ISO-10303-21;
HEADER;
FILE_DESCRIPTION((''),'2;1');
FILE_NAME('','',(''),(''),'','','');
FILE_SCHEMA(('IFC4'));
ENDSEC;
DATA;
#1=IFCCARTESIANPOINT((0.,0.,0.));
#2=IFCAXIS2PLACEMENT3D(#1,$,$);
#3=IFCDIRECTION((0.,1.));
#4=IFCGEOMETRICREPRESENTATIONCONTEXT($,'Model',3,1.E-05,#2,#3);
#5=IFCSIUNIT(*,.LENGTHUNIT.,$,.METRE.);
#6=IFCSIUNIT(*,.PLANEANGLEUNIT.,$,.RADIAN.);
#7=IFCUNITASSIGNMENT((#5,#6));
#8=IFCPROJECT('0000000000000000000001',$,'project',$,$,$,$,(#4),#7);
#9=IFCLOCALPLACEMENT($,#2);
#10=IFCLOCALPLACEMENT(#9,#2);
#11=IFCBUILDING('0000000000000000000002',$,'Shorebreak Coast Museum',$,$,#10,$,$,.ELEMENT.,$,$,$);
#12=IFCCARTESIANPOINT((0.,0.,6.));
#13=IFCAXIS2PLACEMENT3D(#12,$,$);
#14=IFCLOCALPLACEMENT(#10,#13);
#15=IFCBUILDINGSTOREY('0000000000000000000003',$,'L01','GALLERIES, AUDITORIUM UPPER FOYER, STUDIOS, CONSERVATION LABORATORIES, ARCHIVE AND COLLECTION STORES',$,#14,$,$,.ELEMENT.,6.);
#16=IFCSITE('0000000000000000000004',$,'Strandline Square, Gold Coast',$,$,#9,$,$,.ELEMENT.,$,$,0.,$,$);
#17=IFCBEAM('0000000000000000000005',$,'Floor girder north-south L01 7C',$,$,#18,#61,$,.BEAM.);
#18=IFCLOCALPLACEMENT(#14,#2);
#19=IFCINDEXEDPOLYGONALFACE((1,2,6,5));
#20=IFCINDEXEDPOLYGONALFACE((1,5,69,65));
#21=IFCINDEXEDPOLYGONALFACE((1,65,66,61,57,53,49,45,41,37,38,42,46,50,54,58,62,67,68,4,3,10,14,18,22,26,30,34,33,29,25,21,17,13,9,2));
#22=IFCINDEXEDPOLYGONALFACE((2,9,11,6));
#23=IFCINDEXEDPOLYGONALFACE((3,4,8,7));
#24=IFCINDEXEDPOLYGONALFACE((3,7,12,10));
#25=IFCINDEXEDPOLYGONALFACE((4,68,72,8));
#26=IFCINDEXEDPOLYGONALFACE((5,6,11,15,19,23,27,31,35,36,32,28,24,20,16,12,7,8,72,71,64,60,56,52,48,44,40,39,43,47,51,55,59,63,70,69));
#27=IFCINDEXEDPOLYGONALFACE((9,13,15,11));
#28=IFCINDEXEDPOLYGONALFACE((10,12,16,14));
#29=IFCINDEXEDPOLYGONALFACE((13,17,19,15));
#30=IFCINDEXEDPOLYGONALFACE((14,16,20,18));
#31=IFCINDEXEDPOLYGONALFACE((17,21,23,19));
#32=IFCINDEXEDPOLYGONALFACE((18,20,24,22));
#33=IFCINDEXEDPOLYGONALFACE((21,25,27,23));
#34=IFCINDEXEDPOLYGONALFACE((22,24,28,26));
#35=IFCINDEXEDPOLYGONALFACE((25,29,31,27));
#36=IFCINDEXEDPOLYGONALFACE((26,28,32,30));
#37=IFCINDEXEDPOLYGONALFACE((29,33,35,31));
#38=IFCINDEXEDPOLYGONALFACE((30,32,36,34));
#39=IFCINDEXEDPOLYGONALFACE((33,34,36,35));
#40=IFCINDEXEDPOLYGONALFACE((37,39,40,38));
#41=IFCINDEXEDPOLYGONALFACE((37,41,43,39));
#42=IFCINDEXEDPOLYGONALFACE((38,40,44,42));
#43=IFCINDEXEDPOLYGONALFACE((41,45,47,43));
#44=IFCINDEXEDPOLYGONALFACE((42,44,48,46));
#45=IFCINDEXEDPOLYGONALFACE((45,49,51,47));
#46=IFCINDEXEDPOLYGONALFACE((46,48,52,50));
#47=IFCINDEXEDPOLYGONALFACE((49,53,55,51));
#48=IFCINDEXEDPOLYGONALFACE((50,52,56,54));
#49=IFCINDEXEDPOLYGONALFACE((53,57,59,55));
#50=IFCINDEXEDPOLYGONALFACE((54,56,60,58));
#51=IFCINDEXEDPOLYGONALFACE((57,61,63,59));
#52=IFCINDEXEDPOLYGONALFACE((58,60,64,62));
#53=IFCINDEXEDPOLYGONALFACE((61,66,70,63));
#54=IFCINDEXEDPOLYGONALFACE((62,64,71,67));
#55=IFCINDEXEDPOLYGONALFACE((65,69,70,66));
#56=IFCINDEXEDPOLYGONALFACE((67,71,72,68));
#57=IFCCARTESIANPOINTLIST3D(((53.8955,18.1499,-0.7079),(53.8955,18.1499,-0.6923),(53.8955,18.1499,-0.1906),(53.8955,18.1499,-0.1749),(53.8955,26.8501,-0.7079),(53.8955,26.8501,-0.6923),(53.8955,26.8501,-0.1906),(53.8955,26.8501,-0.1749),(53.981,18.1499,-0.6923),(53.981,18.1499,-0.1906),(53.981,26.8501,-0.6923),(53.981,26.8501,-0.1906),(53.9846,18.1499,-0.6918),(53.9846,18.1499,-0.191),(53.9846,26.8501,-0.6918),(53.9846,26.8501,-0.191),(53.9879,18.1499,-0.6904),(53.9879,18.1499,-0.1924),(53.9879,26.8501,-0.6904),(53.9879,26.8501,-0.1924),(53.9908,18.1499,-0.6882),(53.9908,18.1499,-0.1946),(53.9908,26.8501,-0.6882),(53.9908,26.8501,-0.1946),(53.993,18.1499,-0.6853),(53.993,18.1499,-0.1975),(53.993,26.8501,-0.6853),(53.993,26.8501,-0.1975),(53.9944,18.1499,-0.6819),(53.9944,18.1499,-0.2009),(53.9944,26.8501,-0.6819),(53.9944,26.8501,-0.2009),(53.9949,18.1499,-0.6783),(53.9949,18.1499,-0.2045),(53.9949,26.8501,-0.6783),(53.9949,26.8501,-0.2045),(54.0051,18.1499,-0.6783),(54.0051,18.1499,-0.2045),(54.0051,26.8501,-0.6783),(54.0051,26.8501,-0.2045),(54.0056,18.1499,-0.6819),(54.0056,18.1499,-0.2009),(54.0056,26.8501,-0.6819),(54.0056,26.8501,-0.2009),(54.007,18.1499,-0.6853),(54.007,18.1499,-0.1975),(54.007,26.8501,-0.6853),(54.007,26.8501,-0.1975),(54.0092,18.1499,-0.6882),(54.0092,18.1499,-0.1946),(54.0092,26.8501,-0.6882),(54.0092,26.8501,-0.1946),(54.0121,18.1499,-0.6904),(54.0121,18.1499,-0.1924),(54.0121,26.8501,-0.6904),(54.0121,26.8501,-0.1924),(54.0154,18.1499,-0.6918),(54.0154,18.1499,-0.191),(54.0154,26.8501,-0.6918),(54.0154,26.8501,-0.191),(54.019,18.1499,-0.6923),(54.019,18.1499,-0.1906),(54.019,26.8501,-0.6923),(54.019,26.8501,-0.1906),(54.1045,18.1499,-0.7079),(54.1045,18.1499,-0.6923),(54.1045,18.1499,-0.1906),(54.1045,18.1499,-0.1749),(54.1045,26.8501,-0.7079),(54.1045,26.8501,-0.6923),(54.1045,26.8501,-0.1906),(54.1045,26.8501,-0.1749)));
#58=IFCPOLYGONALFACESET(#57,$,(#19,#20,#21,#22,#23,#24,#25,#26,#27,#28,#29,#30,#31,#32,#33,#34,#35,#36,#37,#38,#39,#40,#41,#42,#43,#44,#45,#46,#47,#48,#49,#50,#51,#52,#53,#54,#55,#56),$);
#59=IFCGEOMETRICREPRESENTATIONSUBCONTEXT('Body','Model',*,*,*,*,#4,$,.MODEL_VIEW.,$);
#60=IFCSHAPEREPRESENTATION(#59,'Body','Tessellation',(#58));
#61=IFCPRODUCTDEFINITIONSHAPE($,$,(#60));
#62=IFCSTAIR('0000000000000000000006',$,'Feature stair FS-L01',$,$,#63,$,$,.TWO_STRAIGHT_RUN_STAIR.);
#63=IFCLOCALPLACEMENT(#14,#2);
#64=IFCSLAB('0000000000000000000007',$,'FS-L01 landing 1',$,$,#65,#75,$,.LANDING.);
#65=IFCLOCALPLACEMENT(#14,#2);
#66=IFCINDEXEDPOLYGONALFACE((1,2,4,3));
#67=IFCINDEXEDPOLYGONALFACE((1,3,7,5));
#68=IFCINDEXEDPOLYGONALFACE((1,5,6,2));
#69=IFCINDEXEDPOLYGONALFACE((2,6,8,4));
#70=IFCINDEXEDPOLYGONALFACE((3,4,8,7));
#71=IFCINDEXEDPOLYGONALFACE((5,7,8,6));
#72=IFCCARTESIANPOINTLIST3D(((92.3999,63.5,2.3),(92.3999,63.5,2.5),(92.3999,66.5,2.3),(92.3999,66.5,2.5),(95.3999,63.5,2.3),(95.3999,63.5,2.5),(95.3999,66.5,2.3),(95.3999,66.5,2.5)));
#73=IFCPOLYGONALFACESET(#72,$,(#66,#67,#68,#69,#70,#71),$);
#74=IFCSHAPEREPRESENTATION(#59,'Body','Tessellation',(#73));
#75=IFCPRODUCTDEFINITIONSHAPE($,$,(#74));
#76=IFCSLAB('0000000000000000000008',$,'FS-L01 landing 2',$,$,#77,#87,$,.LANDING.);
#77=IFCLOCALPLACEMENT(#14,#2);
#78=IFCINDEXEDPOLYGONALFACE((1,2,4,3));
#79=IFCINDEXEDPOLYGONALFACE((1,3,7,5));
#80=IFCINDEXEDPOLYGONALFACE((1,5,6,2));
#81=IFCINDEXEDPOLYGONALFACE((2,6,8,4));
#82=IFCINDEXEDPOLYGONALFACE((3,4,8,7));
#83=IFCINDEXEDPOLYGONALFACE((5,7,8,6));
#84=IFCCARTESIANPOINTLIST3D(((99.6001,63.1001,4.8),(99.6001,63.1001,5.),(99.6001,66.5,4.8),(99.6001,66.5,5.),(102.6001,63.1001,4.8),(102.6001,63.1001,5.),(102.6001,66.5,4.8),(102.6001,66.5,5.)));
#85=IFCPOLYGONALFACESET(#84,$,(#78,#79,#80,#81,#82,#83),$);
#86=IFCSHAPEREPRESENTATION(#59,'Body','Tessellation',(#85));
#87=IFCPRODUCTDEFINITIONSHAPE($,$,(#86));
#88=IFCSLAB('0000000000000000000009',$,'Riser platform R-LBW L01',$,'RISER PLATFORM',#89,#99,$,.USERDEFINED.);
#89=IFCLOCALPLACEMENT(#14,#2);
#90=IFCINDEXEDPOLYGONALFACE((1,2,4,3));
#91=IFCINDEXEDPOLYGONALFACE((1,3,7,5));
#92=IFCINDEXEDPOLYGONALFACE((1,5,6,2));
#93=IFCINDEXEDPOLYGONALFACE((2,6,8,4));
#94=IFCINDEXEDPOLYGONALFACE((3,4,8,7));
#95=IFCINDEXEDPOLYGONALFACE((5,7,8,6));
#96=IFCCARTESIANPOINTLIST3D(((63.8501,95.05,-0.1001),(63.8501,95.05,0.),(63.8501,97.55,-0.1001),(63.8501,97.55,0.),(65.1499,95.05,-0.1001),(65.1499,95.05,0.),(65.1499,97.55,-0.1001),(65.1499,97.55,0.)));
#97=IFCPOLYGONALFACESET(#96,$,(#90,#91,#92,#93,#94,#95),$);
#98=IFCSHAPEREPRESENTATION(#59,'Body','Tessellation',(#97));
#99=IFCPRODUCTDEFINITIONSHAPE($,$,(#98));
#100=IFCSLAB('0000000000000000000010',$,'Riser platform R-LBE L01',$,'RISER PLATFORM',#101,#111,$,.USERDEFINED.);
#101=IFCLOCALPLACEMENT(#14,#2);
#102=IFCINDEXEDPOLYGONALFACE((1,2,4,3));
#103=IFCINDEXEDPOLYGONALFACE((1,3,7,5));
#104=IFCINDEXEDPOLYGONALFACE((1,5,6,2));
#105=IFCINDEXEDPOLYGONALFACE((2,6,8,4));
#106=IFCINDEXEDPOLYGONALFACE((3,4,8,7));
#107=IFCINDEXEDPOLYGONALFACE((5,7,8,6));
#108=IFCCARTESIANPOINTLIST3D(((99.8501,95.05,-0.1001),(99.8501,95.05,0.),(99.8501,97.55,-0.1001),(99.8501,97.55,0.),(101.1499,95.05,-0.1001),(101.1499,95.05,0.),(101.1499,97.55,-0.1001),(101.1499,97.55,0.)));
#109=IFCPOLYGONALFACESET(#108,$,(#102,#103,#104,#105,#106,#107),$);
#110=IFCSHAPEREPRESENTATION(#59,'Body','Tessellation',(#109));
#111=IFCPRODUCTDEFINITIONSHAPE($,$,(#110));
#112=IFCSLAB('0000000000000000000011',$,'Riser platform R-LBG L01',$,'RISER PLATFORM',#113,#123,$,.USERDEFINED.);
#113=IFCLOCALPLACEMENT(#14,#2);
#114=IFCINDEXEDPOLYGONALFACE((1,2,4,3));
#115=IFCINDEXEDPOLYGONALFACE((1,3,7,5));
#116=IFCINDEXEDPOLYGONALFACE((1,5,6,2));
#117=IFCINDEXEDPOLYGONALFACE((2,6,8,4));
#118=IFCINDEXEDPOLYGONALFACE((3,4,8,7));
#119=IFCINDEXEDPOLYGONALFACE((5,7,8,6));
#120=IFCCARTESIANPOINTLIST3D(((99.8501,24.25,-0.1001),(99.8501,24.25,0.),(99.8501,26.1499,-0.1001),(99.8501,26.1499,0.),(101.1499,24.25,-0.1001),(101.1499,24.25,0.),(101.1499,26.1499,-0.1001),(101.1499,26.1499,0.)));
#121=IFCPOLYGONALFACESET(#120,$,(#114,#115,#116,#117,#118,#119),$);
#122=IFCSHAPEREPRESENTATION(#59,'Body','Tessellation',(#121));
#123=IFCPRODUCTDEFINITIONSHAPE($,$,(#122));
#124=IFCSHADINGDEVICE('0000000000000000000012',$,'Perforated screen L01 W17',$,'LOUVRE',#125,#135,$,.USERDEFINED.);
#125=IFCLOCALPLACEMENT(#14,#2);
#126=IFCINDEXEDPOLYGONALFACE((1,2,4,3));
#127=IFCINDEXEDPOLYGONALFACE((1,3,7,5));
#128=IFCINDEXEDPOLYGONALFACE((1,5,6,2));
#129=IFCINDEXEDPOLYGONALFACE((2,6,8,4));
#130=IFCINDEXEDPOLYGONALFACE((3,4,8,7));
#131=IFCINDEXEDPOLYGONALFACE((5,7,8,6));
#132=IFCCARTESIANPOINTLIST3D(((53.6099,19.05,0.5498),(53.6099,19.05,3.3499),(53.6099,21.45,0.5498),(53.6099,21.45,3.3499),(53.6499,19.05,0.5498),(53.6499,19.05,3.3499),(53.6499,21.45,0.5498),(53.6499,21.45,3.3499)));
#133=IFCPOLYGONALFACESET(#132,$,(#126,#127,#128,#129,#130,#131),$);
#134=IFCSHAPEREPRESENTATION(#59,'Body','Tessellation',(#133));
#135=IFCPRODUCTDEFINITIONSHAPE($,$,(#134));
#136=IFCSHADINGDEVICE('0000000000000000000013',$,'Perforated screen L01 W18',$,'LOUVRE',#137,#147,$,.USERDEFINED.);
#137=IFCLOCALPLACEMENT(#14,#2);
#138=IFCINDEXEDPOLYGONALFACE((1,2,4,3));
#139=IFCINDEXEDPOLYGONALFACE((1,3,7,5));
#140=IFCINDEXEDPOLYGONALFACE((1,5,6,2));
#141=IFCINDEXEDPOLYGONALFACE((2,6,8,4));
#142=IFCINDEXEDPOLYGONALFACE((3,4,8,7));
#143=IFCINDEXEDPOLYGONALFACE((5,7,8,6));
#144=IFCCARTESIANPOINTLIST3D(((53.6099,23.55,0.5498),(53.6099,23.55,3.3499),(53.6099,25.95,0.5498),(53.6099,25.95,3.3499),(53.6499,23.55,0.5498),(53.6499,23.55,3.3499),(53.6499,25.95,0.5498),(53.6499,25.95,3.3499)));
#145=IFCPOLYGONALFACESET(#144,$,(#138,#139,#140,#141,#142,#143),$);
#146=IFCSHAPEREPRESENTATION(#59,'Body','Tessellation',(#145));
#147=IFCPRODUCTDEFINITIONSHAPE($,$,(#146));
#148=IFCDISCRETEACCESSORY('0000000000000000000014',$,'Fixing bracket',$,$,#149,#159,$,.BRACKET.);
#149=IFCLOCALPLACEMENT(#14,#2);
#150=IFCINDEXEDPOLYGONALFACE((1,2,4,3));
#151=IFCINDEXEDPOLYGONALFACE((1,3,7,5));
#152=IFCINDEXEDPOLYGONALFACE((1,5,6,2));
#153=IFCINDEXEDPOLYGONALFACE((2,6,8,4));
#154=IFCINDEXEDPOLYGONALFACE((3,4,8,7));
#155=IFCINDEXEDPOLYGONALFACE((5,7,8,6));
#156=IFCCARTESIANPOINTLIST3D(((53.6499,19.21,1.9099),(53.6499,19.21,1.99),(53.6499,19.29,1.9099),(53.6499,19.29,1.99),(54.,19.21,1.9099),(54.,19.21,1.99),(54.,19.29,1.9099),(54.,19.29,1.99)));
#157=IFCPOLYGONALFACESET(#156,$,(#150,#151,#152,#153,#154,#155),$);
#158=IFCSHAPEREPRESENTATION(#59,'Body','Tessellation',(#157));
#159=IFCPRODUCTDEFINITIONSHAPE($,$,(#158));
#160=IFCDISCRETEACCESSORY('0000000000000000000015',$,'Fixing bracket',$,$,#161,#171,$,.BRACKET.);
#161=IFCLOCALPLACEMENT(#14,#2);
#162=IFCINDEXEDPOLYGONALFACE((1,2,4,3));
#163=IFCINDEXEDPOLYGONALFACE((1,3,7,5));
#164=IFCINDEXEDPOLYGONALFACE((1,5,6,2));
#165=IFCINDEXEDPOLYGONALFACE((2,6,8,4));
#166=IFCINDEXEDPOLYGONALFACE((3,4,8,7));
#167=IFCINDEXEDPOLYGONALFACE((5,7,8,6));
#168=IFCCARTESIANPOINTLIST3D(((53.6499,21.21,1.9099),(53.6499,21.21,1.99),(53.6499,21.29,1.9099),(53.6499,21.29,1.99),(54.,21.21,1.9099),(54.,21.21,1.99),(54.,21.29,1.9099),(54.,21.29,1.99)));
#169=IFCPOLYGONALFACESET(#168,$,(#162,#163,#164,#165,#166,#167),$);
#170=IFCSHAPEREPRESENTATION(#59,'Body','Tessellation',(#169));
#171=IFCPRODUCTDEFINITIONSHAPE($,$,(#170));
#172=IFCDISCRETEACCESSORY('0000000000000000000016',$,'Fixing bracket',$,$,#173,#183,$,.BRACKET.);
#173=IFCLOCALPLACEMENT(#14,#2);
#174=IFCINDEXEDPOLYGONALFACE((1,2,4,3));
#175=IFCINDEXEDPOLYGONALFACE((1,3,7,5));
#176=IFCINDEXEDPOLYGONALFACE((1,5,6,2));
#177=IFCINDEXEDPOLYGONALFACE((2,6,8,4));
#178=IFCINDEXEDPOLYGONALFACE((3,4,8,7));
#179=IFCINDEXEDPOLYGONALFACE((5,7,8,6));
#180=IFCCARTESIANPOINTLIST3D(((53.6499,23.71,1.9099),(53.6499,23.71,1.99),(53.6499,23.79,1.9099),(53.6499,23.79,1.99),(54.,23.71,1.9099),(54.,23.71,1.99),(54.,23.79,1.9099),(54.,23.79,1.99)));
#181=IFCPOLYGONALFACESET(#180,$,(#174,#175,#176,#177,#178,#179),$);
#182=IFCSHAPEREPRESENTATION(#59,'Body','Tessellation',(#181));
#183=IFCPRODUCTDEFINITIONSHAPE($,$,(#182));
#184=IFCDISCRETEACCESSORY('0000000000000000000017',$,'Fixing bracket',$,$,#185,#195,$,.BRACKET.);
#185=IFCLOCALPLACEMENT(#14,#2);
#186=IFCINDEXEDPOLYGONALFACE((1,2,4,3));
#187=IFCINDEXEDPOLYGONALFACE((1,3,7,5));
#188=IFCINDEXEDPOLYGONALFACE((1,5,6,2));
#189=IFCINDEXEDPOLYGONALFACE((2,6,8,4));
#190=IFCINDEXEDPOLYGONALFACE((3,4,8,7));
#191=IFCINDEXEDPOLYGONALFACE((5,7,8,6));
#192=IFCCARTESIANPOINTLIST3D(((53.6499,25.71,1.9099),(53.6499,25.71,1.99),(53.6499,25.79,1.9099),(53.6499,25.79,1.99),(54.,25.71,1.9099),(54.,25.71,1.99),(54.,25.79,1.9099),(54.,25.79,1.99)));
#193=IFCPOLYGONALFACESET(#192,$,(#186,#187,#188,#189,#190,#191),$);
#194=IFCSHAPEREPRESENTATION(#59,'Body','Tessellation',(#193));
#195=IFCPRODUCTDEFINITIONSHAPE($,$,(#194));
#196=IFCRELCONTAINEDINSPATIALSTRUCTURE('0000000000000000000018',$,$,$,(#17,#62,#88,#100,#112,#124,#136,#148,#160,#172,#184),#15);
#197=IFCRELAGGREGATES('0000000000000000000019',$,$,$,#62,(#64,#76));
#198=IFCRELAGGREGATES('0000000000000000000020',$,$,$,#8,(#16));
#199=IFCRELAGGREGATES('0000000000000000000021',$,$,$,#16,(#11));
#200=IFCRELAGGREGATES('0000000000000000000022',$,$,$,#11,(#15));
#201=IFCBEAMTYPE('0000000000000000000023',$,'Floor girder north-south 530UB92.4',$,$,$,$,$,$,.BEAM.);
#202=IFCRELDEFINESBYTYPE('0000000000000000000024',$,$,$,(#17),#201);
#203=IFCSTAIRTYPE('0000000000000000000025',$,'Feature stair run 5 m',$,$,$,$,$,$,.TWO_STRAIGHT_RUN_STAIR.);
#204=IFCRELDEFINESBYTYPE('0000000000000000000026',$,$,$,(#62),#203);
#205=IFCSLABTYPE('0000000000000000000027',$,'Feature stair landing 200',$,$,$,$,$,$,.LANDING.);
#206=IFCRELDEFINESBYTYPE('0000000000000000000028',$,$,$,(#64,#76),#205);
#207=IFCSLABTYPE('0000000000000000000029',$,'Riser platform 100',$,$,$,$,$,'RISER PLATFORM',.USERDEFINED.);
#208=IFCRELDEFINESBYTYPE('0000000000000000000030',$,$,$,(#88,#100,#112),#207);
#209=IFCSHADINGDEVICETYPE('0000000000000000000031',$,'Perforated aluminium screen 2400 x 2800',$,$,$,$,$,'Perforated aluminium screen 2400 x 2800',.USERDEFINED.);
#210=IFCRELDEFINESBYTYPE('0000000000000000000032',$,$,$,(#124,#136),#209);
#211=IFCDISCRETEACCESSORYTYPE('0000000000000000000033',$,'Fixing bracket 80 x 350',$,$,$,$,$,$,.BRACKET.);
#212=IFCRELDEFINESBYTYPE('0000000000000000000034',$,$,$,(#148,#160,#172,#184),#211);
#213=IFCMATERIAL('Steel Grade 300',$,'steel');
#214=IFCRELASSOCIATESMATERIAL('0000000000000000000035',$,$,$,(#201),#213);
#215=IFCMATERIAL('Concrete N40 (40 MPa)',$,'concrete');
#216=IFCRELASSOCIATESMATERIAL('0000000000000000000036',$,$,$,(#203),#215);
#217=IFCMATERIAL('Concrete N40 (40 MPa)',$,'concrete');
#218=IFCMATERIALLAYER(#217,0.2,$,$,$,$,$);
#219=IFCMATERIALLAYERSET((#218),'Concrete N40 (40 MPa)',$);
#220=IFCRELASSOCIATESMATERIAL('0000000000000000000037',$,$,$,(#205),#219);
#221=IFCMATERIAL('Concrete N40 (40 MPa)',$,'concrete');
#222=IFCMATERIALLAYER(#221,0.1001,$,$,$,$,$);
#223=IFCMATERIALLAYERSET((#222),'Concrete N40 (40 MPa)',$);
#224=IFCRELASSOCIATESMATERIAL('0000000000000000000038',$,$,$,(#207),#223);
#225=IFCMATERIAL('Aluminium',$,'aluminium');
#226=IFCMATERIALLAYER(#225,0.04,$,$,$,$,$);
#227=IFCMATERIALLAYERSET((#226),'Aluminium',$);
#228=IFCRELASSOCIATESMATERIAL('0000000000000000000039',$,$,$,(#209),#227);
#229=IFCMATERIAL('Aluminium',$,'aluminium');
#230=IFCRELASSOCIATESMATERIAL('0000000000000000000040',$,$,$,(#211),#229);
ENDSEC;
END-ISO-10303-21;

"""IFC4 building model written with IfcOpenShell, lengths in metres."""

from ifc_helpers import new_model, si_unit, direction, frame, origin, origin_2d, place, context, subcontext, project, spatial, polyline, rectangle, i_section, outline, extrude, material, layer, layer_set, material_profile, profile_set, type_object, element, aggregate, save


model = new_model("IFC4")

# Units and contexts
model_context = context("Model", 3, precision=1e-05, world=origin(), true_north=direction((0.0, 1.0)))
body_context = subcontext(model_context, "Body", "Model", "MODEL_VIEW")
ifc_project = project(units=[si_unit("LENGTHUNIT", "METRE"), si_unit("PLANEANGLEUNIT", "RADIAN")], contexts=[model_context])

# Site, building, storey
site_placement = place(None, origin())
site = spatial("IfcSite", under=ifc_project, at=site_placement, Name="Strandline Square, Gold Coast", CompositionType="ELEMENT", RefElevation=0.0)
building_placement = place(site_placement, origin())
building = spatial("IfcBuilding", under=site, at=building_placement, Name="Shorebreak Coast Museum", CompositionType="ELEMENT")
storey_placement = place(building_placement, frame((0.0, 0.0, 6.0)))
storey = spatial("IfcBuildingStorey", under=building, at=storey_placement, Name="L01", Description="GALLERIES, AUDITORIUM UPPER FOYER, STUDIOS, CONSERVATION LABORATORIES, ARCHIVE AND COLLECTION STORES", CompositionType="ELEMENT", Elevation=6.0)

# Beam
ifc_material_1 = material(Name="Steel Grade 300", Category="steel")
ifc_material_profile_1 = material_profile(ifc_material_1, i_section(OverallWidth=0.209, OverallDepth=0.533, WebThickness=0.0103, FlangeThickness=0.0156, FilletRadius=0.0139, at=origin_2d()), Name="530UB92.4")
ifc_profile_set_1 = profile_set([ifc_material_profile_1], Name="Steel Grade 300")
beam_type = type_object("IfcBeamType", Name="Floor girder north-south 530UB92.4", PredefinedType="BEAM", material=ifc_profile_set_1)
for number, where, z_axis, x_axis, name in (
    (1, (54.0, 18.1499, -0.4414), (0.0, 1.0, 0.0), (-1.0, 0.0, 0.0), "Floor girder north-south L01 7C"),
):
    element("IfcBeam", number, at=place(storey_placement, frame(where, z_axis=z_axis, x_axis=x_axis)), inside=storey, type_object=beam_type, Name=name, PredefinedType="BEAM", context=body_context, shape_type="SweptSolid", body=[
        extrude(i_section(OverallWidth=0.209, OverallDepth=0.533, WebThickness=0.0103, FlangeThickness=0.0156, FilletRadius=0.0139, at=origin_2d()), origin(), (0.0, 0.0, 1.0), 8.7002),
    ])

# Stair, slabs
ifc_material_2 = material(Name="Concrete N40 (40 MPa)", Category="concrete")
stair_type = type_object("IfcStairType", Name="Feature stair run 5 m", PredefinedType="TWO_STRAIGHT_RUN_STAIR", material=ifc_material_2)
stair_placement = place(storey_placement, origin())
stair = element("IfcStair", 2, at=stair_placement, inside=storey, type_object=stair_type, Name="Feature stair FS-L01", PredefinedType="TWO_STRAIGHT_RUN_STAIR")
ifc_material_3 = material(Name="Concrete N40 (40 MPa)", Category="concrete")
ifc_layer_1 = layer(ifc_material_3, 0.2)
ifc_layer_set_1 = layer_set([ifc_layer_1], Name="Concrete N40 (40 MPa)")
slab_type_1 = type_object("IfcSlabType", Name="Feature stair landing 200", PredefinedType="LANDING", material=ifc_layer_set_1)
slab_1_placement = place(storey_placement, frame((0.0, 0.0, 2.3)))
slab_1 = element("IfcSlab", 3, at=slab_1_placement, type_object=slab_type_1, Name="FS-L01 landing 1", PredefinedType="LANDING", context=body_context, shape_type="SweptSolid", body=[
    extrude(outline(polyline([(92.3999, 63.5), (95.3999, 63.5), (95.3999, 66.5), (92.3999, 66.5), (92.3999, 63.5)])), origin(), (0.0, 0.0, 1.0), 0.2),
])
slab_2_placement = place(storey_placement, frame((0.0, 0.0, 4.8)))
slab_2 = element("IfcSlab", 4, at=slab_2_placement, type_object=slab_type_1, Name="FS-L01 landing 2", PredefinedType="LANDING", context=body_context, shape_type="SweptSolid", body=[
    extrude(outline(polyline([(99.6001, 63.1001), (102.6001, 63.1001), (102.6001, 66.5), (99.6001, 66.5), (99.6001, 63.1001)])), origin(), (0.0, 0.0, 1.0), 0.2),
])
aggregate(stair, [slab_1, slab_2])

# Slabs
ifc_material_4 = material(Name="Concrete N40 (40 MPa)", Category="concrete")
ifc_layer_2 = layer(ifc_material_4, 0.1001)
ifc_layer_set_2 = layer_set([ifc_layer_2], Name="Concrete N40 (40 MPa)")
slab_type_2 = type_object("IfcSlabType", Name="Riser platform 100", ElementType="RISER PLATFORM", PredefinedType="USERDEFINED", material=ifc_layer_set_2)
slab_3_placement = place(storey_placement, frame((0.0, 0.0, -0.1001)))
element("IfcSlab", 5, at=slab_3_placement, inside=storey, type_object=slab_type_2, Name="Riser platform R-LBW L01", ObjectType="RISER PLATFORM", PredefinedType="USERDEFINED", context=body_context, shape_type="SweptSolid", body=[
    extrude(outline(polyline([(63.8501, 95.05), (65.1499, 95.05), (65.1499, 97.55), (63.8501, 97.55), (63.8501, 95.05)])), origin(), (0.0, 0.0, 1.0), 0.1001),
])
slab_4_placement = place(storey_placement, frame((0.0, 0.0, -0.1001)))
element("IfcSlab", 6, at=slab_4_placement, inside=storey, type_object=slab_type_2, Name="Riser platform R-LBE L01", ObjectType="RISER PLATFORM", PredefinedType="USERDEFINED", context=body_context, shape_type="SweptSolid", body=[
    extrude(outline(polyline([(99.8501, 95.05), (101.1499, 95.05), (101.1499, 97.55), (99.8501, 97.55), (99.8501, 95.05)])), origin(), (0.0, 0.0, 1.0), 0.1001),
])
slab_5_placement = place(storey_placement, frame((0.0, 0.0, -0.1001)))
element("IfcSlab", 7, at=slab_5_placement, inside=storey, type_object=slab_type_2, Name="Riser platform R-LBG L01", ObjectType="RISER PLATFORM", PredefinedType="USERDEFINED", context=body_context, shape_type="SweptSolid", body=[
    extrude(outline(polyline([(99.8501, 24.25), (101.1499, 24.25), (101.1499, 26.1499), (99.8501, 26.1499), (99.8501, 24.25)])), origin(), (0.0, 0.0, 1.0), 0.1001),
])

# Shading devices
ifc_material_5 = material(Name="Aluminium", Category="aluminium")
ifc_layer_3 = layer(ifc_material_5, 0.04)
ifc_layer_set_3 = layer_set([ifc_layer_3], Name="Aluminium")
shading_device_type = type_object("IfcShadingDeviceType", Name="Perforated aluminium screen 2400 x 2800", ElementType="Perforated aluminium screen 2400 x 2800", PredefinedType="USERDEFINED", material=ifc_layer_set_3)
for number, where, z_axis, x_axis, name in (
    (8, (53.6299, 20.25, 0.5498), (0.0, 0.0, 1.0), (1.0, 0.0, 0.0), "Perforated screen L01 W17"),
    (9, (53.6299, 24.75, 0.5498), (0.0, 0.0, 1.0), (1.0, 0.0, 0.0), "Perforated screen L01 W18"),
):
    element("IfcShadingDevice", number, at=place(storey_placement, frame(where, z_axis=z_axis, x_axis=x_axis)), inside=storey, type_object=shading_device_type, Name=name, ObjectType="LOUVRE", PredefinedType="USERDEFINED", context=body_context, shape_type="SweptSolid", body=[
        extrude(rectangle(XDim=0.04, YDim=2.3999, at=origin_2d()), origin(), (0.0, 0.0, 1.0), 2.8),
    ])

# Discrete accessories
ifc_material_6 = material(Name="Aluminium", Category="aluminium")
discrete_accessory_type = type_object("IfcDiscreteAccessoryType", Name="Fixing bracket 80 x 350", PredefinedType="BRACKET", material=ifc_material_6)
for number, where, z_axis, x_axis, name in (
    (10, (53.825, 19.25, 1.9099), (0.0, 0.0, 1.0), (1.0, 0.0, 0.0), "Fixing bracket"),
    (11, (53.825, 21.25, 1.9099), (0.0, 0.0, 1.0), (1.0, 0.0, 0.0), "Fixing bracket"),
    (12, (53.825, 23.75, 1.9099), (0.0, 0.0, 1.0), (1.0, 0.0, 0.0), "Fixing bracket"),
    (13, (53.825, 25.75, 1.9099), (0.0, 0.0, 1.0), (1.0, 0.0, 0.0), "Fixing bracket"),
):
    element("IfcDiscreteAccessory", number, at=place(storey_placement, frame(where, z_axis=z_axis, x_axis=x_axis)), inside=storey, type_object=discrete_accessory_type, Name=name, PredefinedType="BRACKET", context=body_context, shape_type="SweptSolid", body=[
        extrude(rectangle(XDim=0.3501, YDim=0.0801, at=origin_2d()), origin(), (0.0, 0.0, 1.0), 0.0801),
    ])

save(model, "model.ifc")
